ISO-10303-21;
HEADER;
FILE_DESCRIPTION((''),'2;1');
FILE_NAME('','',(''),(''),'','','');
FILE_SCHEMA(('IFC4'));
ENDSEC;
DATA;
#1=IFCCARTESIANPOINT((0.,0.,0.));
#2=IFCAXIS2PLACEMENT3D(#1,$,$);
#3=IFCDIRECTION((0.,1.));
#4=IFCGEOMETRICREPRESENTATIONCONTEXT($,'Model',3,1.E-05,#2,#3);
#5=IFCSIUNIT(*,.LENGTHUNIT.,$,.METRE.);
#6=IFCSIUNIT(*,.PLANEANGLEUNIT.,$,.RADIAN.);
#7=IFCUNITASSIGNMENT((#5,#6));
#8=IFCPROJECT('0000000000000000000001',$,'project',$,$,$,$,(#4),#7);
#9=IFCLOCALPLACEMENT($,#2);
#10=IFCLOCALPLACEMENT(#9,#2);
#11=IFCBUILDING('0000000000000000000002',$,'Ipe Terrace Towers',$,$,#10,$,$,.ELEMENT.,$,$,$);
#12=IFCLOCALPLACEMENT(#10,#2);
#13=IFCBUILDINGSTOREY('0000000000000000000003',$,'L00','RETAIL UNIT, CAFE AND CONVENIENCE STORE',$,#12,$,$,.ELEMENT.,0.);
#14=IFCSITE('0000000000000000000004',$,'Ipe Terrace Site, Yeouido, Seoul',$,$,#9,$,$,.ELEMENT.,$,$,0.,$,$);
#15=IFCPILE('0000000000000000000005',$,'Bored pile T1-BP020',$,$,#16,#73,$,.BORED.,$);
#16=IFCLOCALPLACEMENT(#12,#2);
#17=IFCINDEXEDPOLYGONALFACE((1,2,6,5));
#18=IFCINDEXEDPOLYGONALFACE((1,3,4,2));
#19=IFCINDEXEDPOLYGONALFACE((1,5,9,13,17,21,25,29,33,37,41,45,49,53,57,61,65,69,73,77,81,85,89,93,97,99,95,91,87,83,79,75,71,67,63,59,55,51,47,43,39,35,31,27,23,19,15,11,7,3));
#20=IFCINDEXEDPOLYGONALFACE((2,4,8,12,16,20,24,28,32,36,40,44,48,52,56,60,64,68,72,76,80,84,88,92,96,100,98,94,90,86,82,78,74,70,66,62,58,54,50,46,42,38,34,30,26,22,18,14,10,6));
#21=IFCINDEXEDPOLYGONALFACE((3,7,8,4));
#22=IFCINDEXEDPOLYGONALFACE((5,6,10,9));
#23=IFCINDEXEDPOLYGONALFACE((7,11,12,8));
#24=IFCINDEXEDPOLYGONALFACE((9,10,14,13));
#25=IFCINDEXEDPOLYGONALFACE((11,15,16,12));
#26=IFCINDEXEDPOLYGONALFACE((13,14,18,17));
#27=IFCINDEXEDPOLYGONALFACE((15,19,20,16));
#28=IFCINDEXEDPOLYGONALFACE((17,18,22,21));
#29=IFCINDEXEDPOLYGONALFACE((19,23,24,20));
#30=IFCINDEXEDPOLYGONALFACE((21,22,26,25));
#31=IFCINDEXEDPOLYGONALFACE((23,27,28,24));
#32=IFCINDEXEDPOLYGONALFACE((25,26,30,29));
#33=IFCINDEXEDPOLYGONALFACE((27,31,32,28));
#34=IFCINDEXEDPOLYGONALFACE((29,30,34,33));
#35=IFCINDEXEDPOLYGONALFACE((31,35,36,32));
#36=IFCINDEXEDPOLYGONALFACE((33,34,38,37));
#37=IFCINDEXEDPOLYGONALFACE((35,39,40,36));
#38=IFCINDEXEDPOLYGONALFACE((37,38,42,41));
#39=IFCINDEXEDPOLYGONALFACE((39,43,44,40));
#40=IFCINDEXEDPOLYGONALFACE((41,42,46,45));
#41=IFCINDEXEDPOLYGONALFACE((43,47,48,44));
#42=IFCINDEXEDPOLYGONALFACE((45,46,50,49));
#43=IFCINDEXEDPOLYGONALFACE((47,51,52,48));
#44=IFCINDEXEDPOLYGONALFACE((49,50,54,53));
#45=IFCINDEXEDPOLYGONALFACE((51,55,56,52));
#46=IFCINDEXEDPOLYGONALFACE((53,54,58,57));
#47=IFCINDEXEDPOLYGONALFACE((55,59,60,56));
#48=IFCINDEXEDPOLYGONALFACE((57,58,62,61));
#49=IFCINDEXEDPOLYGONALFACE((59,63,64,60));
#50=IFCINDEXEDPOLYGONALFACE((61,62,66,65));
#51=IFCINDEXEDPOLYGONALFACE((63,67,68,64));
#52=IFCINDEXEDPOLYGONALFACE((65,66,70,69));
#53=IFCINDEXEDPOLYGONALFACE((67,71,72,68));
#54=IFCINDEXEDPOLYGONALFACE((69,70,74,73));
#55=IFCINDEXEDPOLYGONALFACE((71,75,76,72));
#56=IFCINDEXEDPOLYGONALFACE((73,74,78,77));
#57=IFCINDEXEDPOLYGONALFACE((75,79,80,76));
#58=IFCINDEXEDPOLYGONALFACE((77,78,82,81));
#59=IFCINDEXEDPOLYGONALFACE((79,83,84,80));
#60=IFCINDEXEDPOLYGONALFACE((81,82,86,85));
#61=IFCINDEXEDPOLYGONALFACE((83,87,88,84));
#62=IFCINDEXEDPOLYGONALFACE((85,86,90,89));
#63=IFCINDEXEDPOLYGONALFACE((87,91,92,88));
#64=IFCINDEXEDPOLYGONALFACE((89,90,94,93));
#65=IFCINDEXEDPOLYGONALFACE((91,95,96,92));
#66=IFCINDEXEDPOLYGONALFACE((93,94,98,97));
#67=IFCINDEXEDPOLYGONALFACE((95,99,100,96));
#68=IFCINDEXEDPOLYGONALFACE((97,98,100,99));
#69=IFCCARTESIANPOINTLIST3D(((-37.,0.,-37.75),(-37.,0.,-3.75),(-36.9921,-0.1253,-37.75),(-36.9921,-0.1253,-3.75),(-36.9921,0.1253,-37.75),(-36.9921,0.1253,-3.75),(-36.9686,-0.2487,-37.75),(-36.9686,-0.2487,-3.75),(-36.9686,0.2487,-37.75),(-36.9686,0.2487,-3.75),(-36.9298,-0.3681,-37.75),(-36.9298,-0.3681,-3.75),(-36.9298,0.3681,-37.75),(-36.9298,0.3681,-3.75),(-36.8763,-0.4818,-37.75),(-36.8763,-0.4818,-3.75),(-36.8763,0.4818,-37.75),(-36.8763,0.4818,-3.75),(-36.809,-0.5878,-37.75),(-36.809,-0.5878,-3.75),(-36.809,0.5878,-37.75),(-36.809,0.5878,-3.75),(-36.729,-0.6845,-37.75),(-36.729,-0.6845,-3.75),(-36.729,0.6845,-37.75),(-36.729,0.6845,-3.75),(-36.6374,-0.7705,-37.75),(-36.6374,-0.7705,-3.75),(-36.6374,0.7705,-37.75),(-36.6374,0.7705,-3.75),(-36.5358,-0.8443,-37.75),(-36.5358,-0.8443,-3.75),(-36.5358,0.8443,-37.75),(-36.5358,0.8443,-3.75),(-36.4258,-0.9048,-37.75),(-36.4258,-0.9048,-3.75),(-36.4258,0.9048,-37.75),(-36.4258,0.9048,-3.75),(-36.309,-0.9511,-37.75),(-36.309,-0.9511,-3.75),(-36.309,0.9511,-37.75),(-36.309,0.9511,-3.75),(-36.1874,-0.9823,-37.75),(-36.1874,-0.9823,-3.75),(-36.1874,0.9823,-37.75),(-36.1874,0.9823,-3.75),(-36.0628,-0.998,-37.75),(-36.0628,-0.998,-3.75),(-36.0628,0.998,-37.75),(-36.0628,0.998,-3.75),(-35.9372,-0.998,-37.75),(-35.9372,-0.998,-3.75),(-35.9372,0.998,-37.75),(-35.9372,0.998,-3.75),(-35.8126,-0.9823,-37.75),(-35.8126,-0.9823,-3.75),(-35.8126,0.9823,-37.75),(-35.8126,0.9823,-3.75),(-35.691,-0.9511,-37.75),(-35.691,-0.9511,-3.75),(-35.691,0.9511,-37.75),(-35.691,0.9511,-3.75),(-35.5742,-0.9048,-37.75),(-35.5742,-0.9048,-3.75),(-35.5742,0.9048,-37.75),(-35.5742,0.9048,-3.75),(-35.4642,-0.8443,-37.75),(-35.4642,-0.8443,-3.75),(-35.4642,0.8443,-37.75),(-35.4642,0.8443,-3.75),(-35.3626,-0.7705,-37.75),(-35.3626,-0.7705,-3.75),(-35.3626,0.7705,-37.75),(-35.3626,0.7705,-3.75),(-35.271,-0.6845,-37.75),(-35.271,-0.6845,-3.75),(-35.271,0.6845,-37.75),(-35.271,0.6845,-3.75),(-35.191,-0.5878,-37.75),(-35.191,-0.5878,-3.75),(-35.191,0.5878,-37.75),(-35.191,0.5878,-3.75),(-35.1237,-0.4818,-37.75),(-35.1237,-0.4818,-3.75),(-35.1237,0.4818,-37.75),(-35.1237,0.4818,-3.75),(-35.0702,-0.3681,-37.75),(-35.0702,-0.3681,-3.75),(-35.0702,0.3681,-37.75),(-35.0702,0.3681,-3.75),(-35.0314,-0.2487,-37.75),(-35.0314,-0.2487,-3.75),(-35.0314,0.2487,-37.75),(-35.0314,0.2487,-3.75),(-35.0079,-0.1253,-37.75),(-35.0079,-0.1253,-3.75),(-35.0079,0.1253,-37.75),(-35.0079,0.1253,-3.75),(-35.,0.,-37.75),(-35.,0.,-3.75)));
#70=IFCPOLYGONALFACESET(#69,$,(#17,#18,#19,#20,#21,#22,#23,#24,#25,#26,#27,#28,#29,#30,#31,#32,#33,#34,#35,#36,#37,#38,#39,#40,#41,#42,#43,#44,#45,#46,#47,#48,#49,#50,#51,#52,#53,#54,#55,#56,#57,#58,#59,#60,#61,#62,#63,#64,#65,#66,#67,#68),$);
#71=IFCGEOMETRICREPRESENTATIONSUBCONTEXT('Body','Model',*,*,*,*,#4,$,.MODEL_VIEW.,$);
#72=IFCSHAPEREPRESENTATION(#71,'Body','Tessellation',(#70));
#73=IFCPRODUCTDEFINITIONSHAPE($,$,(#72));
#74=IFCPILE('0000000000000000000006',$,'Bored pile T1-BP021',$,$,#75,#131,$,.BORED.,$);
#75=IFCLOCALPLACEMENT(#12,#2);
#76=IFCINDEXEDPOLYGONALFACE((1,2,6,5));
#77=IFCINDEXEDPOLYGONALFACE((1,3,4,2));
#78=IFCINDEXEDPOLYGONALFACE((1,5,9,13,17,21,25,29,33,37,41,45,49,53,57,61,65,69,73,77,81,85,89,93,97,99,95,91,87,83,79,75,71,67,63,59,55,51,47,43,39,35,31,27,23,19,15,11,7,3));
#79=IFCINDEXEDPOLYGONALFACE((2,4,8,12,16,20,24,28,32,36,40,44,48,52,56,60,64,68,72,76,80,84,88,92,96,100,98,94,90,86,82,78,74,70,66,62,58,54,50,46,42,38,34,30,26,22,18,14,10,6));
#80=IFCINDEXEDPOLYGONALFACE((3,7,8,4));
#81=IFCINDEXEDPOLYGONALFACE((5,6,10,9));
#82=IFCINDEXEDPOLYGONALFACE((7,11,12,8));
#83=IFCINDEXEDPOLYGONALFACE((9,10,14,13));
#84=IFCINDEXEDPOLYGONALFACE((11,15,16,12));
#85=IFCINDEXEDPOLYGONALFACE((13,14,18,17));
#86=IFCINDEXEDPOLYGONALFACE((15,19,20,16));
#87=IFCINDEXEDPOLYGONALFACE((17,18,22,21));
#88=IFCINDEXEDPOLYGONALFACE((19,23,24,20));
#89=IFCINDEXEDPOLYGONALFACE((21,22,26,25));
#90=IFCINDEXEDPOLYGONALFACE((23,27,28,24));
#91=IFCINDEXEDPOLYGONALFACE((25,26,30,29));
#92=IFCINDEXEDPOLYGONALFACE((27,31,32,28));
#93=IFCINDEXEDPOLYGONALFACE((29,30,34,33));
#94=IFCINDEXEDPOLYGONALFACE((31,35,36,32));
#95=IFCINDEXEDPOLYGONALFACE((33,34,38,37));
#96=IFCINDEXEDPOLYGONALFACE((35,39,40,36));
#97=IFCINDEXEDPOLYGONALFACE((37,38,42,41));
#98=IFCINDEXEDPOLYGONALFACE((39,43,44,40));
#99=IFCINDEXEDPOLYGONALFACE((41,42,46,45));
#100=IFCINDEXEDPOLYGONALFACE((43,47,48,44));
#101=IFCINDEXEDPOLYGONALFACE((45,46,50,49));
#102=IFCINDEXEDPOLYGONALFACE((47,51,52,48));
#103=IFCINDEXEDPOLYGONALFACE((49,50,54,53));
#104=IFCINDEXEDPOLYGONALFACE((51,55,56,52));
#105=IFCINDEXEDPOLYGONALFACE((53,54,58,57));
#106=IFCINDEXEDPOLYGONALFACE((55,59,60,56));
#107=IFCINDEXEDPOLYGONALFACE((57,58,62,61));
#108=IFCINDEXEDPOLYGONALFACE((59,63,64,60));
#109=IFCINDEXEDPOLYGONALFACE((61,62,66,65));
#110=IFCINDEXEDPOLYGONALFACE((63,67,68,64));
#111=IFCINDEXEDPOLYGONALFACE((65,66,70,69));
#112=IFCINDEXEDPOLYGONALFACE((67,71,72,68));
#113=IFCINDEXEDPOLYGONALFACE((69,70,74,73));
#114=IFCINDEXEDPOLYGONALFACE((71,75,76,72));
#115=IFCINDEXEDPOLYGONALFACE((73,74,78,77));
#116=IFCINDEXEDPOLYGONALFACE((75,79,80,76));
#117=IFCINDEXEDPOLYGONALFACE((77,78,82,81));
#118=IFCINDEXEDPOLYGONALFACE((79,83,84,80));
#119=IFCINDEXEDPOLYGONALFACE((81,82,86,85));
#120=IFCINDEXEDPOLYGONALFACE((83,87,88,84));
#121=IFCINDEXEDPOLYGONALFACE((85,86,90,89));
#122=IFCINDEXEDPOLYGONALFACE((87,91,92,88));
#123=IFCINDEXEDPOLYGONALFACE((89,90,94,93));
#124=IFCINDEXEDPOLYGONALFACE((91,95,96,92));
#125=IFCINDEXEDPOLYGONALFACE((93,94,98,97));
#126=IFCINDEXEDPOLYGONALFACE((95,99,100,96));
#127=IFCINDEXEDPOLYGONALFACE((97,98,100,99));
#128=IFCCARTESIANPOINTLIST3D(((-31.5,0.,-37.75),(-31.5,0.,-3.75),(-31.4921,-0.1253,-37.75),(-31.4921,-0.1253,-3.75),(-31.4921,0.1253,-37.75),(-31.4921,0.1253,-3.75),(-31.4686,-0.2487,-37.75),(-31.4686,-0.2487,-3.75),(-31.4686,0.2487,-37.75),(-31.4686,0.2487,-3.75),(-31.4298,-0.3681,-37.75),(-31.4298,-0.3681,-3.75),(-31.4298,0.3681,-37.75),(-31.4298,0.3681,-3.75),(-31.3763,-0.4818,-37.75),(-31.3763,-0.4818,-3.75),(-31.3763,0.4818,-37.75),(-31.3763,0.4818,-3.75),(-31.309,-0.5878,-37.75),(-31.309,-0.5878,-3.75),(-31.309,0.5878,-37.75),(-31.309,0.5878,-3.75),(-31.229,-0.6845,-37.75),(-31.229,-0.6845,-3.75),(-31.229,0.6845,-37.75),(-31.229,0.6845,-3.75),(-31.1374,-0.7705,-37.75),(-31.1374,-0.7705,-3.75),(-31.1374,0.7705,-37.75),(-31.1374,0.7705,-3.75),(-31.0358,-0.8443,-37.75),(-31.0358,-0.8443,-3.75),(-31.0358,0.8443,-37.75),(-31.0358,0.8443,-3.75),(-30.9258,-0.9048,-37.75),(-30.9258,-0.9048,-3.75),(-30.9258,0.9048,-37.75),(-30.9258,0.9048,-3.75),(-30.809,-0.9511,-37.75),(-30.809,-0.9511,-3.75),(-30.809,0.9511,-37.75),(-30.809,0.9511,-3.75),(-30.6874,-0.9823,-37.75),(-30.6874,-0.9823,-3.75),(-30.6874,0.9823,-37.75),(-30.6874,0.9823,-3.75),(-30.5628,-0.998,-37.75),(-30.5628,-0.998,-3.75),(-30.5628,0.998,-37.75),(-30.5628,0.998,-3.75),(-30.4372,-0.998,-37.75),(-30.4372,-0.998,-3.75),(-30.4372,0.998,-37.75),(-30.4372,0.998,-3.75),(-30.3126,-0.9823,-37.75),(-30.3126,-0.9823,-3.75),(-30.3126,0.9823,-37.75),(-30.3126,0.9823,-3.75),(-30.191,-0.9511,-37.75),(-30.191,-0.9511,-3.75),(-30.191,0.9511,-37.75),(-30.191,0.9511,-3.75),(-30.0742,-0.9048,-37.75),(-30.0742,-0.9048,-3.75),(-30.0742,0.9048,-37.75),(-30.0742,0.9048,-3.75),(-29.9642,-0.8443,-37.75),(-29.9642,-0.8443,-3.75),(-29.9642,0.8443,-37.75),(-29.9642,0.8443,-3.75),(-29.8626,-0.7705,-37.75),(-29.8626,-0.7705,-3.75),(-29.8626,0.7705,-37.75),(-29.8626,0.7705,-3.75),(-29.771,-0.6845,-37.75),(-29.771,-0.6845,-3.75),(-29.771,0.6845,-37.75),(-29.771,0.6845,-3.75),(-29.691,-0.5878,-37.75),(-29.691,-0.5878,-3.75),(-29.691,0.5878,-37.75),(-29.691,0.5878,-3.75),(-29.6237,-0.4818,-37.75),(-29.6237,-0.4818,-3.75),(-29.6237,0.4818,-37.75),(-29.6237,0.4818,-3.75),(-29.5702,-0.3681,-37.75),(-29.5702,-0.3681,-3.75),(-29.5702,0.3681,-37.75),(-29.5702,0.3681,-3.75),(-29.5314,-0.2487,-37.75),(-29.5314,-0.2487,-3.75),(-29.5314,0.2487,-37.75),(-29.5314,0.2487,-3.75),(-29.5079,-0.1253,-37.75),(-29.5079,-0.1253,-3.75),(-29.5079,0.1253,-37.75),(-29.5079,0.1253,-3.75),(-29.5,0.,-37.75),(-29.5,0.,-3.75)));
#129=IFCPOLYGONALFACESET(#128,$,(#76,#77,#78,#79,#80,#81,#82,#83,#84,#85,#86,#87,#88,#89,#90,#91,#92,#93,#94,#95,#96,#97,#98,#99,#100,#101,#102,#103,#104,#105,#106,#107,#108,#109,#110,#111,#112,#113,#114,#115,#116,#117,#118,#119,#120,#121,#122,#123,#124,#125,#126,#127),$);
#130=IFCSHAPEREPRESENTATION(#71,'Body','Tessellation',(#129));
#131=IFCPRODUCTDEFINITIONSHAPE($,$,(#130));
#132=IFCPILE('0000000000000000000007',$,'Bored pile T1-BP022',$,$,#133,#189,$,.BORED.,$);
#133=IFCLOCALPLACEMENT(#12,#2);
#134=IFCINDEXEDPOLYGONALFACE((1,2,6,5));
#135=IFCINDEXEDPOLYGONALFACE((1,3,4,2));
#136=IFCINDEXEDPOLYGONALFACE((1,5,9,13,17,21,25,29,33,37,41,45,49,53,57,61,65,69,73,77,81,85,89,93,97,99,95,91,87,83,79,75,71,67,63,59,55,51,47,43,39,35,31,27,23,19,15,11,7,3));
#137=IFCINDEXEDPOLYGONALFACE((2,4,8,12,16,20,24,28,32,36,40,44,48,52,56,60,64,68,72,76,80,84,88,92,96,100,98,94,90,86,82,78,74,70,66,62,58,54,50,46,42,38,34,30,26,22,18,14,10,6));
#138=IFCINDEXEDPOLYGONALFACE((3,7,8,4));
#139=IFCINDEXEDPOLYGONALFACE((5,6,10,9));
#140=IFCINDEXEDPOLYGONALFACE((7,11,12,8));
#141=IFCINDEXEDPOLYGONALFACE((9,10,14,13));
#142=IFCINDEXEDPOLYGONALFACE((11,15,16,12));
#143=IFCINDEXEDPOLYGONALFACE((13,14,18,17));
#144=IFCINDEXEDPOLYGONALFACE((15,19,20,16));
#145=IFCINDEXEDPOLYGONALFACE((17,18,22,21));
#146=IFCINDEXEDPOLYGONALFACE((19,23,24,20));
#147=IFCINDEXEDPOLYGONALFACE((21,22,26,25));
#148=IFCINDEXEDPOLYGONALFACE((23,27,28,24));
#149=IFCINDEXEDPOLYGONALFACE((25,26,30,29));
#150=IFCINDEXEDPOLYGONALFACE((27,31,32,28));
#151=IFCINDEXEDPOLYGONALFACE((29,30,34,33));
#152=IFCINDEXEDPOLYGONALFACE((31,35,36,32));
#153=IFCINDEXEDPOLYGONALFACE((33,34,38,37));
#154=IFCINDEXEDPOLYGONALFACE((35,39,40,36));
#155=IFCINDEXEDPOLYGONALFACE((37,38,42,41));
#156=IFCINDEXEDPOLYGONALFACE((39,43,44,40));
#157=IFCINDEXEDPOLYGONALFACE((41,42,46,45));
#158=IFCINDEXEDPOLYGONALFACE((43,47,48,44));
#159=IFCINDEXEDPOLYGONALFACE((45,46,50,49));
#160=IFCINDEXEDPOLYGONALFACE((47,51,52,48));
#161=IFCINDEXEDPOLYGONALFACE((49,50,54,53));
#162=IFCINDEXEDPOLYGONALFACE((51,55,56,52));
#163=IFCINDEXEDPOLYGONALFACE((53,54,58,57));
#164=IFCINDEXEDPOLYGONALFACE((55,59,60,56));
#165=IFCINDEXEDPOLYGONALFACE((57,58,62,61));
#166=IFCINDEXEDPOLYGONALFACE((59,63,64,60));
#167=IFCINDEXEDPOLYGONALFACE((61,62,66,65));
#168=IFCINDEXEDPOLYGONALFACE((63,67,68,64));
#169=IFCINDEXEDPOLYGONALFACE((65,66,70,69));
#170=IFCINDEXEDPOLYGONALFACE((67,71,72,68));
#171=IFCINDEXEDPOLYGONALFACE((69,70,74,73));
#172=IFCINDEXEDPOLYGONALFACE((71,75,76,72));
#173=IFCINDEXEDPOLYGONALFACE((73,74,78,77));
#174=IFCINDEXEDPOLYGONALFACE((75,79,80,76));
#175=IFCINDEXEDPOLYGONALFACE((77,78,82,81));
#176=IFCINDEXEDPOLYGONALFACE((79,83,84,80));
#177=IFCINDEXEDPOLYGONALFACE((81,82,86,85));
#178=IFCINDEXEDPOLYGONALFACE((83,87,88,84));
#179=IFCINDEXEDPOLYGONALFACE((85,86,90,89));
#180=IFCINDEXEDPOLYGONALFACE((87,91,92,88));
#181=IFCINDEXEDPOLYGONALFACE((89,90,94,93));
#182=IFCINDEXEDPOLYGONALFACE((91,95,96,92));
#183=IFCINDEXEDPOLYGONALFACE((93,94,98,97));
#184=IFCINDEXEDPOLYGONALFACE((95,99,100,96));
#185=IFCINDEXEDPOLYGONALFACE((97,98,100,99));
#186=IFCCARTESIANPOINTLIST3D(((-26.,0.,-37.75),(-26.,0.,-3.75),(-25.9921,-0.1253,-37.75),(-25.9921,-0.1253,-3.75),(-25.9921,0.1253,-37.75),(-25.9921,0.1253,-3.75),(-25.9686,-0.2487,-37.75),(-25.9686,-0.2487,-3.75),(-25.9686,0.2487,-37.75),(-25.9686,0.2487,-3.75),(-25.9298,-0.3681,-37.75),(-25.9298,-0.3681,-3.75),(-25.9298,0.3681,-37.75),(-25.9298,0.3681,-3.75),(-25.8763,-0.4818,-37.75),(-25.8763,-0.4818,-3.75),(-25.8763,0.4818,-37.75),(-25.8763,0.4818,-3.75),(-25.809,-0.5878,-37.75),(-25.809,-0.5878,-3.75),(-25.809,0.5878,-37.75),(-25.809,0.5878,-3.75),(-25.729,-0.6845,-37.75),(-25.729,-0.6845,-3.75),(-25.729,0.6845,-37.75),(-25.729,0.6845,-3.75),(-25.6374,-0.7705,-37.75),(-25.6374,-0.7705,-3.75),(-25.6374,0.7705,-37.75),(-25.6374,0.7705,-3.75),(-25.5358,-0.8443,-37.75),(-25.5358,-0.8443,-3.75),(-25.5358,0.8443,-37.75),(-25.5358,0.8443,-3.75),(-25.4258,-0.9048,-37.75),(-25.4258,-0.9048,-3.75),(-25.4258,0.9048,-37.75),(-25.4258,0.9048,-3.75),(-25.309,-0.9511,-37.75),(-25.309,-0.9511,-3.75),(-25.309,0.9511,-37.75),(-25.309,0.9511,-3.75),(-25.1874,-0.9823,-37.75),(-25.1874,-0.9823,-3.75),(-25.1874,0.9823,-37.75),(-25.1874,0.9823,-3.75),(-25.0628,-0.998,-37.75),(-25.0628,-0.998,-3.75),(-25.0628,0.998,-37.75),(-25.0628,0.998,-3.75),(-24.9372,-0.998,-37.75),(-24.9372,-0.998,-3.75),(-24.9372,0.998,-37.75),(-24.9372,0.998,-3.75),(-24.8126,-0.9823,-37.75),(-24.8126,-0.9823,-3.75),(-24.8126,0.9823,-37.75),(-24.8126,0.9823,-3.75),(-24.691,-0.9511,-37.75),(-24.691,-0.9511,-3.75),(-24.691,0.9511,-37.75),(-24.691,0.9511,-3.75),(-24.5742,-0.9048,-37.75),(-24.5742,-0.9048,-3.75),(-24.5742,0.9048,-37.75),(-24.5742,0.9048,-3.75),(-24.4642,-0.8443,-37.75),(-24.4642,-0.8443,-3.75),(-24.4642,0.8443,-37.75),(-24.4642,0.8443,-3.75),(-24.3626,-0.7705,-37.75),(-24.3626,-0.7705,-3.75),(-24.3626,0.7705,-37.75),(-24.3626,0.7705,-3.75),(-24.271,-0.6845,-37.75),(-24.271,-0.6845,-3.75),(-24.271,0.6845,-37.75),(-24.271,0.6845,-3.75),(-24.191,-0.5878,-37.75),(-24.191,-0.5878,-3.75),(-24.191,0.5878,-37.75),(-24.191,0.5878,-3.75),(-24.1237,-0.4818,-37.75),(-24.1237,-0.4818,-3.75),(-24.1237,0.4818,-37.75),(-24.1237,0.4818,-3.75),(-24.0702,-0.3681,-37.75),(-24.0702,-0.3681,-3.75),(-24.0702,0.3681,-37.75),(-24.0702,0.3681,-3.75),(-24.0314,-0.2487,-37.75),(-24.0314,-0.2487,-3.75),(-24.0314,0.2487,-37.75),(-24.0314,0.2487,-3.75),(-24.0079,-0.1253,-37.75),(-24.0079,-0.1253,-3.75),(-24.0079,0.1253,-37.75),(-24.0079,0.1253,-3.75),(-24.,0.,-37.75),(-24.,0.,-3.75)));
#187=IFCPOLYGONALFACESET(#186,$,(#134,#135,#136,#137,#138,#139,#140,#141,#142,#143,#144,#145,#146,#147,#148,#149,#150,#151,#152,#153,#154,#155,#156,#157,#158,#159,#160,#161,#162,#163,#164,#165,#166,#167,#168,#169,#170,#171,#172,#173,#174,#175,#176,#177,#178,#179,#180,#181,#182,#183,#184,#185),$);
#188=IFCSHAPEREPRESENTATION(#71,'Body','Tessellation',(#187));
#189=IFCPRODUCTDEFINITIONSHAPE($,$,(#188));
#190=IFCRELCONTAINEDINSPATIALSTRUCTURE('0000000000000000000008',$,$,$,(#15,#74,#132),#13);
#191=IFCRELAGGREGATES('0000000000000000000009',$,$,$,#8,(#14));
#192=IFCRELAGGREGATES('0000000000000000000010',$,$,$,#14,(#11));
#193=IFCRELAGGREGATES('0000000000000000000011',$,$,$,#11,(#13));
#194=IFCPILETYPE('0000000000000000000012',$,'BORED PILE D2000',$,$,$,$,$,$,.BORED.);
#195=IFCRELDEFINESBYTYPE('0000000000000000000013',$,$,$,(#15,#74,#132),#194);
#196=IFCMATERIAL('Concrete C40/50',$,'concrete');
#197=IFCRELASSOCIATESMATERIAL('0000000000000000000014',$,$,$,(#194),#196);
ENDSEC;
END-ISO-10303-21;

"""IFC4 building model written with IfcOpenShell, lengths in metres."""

from ifc_helpers import new_model, si_unit, direction, frame, origin, origin_2d, place, context, subcontext, project, spatial, circle, extrude, material, material_profile, profile_set, type_object, element, save


model = new_model("IFC4")

# Units and contexts
model_context = context("Model", 3, precision=1e-05, world=origin(), true_north=direction((0.0, 1.0)))
body_context = subcontext(model_context, "Body", "Model", "MODEL_VIEW")
ifc_project = project(units=[si_unit("LENGTHUNIT", "METRE"), si_unit("PLANEANGLEUNIT", "RADIAN")], contexts=[model_context])

# Site, building, storey
site_placement = place(None, origin())
site = spatial("IfcSite", under=ifc_project, at=site_placement, Name="Ipe Terrace Site, Yeouido, Seoul", CompositionType="ELEMENT", RefElevation=0.0)
building_placement = place(site_placement, origin())
building = spatial("IfcBuilding", under=site, at=building_placement, Name="Ipe Terrace Towers", CompositionType="ELEMENT")
storey_placement = place(building_placement, origin())
storey = spatial("IfcBuildingStorey", under=building, at=storey_placement, Name="L00", Description="RETAIL UNIT, CAFE AND CONVENIENCE STORE", CompositionType="ELEMENT", Elevation=0.0)

# Piles
ifc_material_1 = material(Name="Concrete C40/50", Category="concrete")
ifc_material_profile_1 = material_profile(ifc_material_1, circle(Radius=1.0, at=origin_2d()), Name="BORED PILE D2000")
ifc_profile_set_1 = profile_set([ifc_material_profile_1], Name="Concrete C40/50")
pile_type = type_object("IfcPileType", Name="BORED PILE D2000", PredefinedType="BORED", material=ifc_profile_set_1)
for number, where, z_axis, x_axis, name in (
    (1, (-36.0, 0.0, -3.75), (0.0, 0.0, -1.0), (1.0, 0.0, 0.0), "Bored pile T1-BP020"),
    (2, (-30.5, 0.0, -3.75), (0.0, 0.0, -1.0), (1.0, 0.0, 0.0), "Bored pile T1-BP021"),
    (3, (-25.0, 0.0, -3.75), (0.0, 0.0, -1.0), (1.0, 0.0, 0.0), "Bored pile T1-BP022"),
):
    element("IfcPile", number, at=place(storey_placement, frame(where, z_axis=z_axis, x_axis=x_axis)), inside=storey, type_object=pile_type, Name=name, PredefinedType="BORED", context=body_context, shape_type="SweptSolid", body=[
        extrude(circle(Radius=1.0, at=origin_2d()), origin(), (0.0, 0.0, 1.0), 34.0),
    ])

save(model, "model.ifc")
